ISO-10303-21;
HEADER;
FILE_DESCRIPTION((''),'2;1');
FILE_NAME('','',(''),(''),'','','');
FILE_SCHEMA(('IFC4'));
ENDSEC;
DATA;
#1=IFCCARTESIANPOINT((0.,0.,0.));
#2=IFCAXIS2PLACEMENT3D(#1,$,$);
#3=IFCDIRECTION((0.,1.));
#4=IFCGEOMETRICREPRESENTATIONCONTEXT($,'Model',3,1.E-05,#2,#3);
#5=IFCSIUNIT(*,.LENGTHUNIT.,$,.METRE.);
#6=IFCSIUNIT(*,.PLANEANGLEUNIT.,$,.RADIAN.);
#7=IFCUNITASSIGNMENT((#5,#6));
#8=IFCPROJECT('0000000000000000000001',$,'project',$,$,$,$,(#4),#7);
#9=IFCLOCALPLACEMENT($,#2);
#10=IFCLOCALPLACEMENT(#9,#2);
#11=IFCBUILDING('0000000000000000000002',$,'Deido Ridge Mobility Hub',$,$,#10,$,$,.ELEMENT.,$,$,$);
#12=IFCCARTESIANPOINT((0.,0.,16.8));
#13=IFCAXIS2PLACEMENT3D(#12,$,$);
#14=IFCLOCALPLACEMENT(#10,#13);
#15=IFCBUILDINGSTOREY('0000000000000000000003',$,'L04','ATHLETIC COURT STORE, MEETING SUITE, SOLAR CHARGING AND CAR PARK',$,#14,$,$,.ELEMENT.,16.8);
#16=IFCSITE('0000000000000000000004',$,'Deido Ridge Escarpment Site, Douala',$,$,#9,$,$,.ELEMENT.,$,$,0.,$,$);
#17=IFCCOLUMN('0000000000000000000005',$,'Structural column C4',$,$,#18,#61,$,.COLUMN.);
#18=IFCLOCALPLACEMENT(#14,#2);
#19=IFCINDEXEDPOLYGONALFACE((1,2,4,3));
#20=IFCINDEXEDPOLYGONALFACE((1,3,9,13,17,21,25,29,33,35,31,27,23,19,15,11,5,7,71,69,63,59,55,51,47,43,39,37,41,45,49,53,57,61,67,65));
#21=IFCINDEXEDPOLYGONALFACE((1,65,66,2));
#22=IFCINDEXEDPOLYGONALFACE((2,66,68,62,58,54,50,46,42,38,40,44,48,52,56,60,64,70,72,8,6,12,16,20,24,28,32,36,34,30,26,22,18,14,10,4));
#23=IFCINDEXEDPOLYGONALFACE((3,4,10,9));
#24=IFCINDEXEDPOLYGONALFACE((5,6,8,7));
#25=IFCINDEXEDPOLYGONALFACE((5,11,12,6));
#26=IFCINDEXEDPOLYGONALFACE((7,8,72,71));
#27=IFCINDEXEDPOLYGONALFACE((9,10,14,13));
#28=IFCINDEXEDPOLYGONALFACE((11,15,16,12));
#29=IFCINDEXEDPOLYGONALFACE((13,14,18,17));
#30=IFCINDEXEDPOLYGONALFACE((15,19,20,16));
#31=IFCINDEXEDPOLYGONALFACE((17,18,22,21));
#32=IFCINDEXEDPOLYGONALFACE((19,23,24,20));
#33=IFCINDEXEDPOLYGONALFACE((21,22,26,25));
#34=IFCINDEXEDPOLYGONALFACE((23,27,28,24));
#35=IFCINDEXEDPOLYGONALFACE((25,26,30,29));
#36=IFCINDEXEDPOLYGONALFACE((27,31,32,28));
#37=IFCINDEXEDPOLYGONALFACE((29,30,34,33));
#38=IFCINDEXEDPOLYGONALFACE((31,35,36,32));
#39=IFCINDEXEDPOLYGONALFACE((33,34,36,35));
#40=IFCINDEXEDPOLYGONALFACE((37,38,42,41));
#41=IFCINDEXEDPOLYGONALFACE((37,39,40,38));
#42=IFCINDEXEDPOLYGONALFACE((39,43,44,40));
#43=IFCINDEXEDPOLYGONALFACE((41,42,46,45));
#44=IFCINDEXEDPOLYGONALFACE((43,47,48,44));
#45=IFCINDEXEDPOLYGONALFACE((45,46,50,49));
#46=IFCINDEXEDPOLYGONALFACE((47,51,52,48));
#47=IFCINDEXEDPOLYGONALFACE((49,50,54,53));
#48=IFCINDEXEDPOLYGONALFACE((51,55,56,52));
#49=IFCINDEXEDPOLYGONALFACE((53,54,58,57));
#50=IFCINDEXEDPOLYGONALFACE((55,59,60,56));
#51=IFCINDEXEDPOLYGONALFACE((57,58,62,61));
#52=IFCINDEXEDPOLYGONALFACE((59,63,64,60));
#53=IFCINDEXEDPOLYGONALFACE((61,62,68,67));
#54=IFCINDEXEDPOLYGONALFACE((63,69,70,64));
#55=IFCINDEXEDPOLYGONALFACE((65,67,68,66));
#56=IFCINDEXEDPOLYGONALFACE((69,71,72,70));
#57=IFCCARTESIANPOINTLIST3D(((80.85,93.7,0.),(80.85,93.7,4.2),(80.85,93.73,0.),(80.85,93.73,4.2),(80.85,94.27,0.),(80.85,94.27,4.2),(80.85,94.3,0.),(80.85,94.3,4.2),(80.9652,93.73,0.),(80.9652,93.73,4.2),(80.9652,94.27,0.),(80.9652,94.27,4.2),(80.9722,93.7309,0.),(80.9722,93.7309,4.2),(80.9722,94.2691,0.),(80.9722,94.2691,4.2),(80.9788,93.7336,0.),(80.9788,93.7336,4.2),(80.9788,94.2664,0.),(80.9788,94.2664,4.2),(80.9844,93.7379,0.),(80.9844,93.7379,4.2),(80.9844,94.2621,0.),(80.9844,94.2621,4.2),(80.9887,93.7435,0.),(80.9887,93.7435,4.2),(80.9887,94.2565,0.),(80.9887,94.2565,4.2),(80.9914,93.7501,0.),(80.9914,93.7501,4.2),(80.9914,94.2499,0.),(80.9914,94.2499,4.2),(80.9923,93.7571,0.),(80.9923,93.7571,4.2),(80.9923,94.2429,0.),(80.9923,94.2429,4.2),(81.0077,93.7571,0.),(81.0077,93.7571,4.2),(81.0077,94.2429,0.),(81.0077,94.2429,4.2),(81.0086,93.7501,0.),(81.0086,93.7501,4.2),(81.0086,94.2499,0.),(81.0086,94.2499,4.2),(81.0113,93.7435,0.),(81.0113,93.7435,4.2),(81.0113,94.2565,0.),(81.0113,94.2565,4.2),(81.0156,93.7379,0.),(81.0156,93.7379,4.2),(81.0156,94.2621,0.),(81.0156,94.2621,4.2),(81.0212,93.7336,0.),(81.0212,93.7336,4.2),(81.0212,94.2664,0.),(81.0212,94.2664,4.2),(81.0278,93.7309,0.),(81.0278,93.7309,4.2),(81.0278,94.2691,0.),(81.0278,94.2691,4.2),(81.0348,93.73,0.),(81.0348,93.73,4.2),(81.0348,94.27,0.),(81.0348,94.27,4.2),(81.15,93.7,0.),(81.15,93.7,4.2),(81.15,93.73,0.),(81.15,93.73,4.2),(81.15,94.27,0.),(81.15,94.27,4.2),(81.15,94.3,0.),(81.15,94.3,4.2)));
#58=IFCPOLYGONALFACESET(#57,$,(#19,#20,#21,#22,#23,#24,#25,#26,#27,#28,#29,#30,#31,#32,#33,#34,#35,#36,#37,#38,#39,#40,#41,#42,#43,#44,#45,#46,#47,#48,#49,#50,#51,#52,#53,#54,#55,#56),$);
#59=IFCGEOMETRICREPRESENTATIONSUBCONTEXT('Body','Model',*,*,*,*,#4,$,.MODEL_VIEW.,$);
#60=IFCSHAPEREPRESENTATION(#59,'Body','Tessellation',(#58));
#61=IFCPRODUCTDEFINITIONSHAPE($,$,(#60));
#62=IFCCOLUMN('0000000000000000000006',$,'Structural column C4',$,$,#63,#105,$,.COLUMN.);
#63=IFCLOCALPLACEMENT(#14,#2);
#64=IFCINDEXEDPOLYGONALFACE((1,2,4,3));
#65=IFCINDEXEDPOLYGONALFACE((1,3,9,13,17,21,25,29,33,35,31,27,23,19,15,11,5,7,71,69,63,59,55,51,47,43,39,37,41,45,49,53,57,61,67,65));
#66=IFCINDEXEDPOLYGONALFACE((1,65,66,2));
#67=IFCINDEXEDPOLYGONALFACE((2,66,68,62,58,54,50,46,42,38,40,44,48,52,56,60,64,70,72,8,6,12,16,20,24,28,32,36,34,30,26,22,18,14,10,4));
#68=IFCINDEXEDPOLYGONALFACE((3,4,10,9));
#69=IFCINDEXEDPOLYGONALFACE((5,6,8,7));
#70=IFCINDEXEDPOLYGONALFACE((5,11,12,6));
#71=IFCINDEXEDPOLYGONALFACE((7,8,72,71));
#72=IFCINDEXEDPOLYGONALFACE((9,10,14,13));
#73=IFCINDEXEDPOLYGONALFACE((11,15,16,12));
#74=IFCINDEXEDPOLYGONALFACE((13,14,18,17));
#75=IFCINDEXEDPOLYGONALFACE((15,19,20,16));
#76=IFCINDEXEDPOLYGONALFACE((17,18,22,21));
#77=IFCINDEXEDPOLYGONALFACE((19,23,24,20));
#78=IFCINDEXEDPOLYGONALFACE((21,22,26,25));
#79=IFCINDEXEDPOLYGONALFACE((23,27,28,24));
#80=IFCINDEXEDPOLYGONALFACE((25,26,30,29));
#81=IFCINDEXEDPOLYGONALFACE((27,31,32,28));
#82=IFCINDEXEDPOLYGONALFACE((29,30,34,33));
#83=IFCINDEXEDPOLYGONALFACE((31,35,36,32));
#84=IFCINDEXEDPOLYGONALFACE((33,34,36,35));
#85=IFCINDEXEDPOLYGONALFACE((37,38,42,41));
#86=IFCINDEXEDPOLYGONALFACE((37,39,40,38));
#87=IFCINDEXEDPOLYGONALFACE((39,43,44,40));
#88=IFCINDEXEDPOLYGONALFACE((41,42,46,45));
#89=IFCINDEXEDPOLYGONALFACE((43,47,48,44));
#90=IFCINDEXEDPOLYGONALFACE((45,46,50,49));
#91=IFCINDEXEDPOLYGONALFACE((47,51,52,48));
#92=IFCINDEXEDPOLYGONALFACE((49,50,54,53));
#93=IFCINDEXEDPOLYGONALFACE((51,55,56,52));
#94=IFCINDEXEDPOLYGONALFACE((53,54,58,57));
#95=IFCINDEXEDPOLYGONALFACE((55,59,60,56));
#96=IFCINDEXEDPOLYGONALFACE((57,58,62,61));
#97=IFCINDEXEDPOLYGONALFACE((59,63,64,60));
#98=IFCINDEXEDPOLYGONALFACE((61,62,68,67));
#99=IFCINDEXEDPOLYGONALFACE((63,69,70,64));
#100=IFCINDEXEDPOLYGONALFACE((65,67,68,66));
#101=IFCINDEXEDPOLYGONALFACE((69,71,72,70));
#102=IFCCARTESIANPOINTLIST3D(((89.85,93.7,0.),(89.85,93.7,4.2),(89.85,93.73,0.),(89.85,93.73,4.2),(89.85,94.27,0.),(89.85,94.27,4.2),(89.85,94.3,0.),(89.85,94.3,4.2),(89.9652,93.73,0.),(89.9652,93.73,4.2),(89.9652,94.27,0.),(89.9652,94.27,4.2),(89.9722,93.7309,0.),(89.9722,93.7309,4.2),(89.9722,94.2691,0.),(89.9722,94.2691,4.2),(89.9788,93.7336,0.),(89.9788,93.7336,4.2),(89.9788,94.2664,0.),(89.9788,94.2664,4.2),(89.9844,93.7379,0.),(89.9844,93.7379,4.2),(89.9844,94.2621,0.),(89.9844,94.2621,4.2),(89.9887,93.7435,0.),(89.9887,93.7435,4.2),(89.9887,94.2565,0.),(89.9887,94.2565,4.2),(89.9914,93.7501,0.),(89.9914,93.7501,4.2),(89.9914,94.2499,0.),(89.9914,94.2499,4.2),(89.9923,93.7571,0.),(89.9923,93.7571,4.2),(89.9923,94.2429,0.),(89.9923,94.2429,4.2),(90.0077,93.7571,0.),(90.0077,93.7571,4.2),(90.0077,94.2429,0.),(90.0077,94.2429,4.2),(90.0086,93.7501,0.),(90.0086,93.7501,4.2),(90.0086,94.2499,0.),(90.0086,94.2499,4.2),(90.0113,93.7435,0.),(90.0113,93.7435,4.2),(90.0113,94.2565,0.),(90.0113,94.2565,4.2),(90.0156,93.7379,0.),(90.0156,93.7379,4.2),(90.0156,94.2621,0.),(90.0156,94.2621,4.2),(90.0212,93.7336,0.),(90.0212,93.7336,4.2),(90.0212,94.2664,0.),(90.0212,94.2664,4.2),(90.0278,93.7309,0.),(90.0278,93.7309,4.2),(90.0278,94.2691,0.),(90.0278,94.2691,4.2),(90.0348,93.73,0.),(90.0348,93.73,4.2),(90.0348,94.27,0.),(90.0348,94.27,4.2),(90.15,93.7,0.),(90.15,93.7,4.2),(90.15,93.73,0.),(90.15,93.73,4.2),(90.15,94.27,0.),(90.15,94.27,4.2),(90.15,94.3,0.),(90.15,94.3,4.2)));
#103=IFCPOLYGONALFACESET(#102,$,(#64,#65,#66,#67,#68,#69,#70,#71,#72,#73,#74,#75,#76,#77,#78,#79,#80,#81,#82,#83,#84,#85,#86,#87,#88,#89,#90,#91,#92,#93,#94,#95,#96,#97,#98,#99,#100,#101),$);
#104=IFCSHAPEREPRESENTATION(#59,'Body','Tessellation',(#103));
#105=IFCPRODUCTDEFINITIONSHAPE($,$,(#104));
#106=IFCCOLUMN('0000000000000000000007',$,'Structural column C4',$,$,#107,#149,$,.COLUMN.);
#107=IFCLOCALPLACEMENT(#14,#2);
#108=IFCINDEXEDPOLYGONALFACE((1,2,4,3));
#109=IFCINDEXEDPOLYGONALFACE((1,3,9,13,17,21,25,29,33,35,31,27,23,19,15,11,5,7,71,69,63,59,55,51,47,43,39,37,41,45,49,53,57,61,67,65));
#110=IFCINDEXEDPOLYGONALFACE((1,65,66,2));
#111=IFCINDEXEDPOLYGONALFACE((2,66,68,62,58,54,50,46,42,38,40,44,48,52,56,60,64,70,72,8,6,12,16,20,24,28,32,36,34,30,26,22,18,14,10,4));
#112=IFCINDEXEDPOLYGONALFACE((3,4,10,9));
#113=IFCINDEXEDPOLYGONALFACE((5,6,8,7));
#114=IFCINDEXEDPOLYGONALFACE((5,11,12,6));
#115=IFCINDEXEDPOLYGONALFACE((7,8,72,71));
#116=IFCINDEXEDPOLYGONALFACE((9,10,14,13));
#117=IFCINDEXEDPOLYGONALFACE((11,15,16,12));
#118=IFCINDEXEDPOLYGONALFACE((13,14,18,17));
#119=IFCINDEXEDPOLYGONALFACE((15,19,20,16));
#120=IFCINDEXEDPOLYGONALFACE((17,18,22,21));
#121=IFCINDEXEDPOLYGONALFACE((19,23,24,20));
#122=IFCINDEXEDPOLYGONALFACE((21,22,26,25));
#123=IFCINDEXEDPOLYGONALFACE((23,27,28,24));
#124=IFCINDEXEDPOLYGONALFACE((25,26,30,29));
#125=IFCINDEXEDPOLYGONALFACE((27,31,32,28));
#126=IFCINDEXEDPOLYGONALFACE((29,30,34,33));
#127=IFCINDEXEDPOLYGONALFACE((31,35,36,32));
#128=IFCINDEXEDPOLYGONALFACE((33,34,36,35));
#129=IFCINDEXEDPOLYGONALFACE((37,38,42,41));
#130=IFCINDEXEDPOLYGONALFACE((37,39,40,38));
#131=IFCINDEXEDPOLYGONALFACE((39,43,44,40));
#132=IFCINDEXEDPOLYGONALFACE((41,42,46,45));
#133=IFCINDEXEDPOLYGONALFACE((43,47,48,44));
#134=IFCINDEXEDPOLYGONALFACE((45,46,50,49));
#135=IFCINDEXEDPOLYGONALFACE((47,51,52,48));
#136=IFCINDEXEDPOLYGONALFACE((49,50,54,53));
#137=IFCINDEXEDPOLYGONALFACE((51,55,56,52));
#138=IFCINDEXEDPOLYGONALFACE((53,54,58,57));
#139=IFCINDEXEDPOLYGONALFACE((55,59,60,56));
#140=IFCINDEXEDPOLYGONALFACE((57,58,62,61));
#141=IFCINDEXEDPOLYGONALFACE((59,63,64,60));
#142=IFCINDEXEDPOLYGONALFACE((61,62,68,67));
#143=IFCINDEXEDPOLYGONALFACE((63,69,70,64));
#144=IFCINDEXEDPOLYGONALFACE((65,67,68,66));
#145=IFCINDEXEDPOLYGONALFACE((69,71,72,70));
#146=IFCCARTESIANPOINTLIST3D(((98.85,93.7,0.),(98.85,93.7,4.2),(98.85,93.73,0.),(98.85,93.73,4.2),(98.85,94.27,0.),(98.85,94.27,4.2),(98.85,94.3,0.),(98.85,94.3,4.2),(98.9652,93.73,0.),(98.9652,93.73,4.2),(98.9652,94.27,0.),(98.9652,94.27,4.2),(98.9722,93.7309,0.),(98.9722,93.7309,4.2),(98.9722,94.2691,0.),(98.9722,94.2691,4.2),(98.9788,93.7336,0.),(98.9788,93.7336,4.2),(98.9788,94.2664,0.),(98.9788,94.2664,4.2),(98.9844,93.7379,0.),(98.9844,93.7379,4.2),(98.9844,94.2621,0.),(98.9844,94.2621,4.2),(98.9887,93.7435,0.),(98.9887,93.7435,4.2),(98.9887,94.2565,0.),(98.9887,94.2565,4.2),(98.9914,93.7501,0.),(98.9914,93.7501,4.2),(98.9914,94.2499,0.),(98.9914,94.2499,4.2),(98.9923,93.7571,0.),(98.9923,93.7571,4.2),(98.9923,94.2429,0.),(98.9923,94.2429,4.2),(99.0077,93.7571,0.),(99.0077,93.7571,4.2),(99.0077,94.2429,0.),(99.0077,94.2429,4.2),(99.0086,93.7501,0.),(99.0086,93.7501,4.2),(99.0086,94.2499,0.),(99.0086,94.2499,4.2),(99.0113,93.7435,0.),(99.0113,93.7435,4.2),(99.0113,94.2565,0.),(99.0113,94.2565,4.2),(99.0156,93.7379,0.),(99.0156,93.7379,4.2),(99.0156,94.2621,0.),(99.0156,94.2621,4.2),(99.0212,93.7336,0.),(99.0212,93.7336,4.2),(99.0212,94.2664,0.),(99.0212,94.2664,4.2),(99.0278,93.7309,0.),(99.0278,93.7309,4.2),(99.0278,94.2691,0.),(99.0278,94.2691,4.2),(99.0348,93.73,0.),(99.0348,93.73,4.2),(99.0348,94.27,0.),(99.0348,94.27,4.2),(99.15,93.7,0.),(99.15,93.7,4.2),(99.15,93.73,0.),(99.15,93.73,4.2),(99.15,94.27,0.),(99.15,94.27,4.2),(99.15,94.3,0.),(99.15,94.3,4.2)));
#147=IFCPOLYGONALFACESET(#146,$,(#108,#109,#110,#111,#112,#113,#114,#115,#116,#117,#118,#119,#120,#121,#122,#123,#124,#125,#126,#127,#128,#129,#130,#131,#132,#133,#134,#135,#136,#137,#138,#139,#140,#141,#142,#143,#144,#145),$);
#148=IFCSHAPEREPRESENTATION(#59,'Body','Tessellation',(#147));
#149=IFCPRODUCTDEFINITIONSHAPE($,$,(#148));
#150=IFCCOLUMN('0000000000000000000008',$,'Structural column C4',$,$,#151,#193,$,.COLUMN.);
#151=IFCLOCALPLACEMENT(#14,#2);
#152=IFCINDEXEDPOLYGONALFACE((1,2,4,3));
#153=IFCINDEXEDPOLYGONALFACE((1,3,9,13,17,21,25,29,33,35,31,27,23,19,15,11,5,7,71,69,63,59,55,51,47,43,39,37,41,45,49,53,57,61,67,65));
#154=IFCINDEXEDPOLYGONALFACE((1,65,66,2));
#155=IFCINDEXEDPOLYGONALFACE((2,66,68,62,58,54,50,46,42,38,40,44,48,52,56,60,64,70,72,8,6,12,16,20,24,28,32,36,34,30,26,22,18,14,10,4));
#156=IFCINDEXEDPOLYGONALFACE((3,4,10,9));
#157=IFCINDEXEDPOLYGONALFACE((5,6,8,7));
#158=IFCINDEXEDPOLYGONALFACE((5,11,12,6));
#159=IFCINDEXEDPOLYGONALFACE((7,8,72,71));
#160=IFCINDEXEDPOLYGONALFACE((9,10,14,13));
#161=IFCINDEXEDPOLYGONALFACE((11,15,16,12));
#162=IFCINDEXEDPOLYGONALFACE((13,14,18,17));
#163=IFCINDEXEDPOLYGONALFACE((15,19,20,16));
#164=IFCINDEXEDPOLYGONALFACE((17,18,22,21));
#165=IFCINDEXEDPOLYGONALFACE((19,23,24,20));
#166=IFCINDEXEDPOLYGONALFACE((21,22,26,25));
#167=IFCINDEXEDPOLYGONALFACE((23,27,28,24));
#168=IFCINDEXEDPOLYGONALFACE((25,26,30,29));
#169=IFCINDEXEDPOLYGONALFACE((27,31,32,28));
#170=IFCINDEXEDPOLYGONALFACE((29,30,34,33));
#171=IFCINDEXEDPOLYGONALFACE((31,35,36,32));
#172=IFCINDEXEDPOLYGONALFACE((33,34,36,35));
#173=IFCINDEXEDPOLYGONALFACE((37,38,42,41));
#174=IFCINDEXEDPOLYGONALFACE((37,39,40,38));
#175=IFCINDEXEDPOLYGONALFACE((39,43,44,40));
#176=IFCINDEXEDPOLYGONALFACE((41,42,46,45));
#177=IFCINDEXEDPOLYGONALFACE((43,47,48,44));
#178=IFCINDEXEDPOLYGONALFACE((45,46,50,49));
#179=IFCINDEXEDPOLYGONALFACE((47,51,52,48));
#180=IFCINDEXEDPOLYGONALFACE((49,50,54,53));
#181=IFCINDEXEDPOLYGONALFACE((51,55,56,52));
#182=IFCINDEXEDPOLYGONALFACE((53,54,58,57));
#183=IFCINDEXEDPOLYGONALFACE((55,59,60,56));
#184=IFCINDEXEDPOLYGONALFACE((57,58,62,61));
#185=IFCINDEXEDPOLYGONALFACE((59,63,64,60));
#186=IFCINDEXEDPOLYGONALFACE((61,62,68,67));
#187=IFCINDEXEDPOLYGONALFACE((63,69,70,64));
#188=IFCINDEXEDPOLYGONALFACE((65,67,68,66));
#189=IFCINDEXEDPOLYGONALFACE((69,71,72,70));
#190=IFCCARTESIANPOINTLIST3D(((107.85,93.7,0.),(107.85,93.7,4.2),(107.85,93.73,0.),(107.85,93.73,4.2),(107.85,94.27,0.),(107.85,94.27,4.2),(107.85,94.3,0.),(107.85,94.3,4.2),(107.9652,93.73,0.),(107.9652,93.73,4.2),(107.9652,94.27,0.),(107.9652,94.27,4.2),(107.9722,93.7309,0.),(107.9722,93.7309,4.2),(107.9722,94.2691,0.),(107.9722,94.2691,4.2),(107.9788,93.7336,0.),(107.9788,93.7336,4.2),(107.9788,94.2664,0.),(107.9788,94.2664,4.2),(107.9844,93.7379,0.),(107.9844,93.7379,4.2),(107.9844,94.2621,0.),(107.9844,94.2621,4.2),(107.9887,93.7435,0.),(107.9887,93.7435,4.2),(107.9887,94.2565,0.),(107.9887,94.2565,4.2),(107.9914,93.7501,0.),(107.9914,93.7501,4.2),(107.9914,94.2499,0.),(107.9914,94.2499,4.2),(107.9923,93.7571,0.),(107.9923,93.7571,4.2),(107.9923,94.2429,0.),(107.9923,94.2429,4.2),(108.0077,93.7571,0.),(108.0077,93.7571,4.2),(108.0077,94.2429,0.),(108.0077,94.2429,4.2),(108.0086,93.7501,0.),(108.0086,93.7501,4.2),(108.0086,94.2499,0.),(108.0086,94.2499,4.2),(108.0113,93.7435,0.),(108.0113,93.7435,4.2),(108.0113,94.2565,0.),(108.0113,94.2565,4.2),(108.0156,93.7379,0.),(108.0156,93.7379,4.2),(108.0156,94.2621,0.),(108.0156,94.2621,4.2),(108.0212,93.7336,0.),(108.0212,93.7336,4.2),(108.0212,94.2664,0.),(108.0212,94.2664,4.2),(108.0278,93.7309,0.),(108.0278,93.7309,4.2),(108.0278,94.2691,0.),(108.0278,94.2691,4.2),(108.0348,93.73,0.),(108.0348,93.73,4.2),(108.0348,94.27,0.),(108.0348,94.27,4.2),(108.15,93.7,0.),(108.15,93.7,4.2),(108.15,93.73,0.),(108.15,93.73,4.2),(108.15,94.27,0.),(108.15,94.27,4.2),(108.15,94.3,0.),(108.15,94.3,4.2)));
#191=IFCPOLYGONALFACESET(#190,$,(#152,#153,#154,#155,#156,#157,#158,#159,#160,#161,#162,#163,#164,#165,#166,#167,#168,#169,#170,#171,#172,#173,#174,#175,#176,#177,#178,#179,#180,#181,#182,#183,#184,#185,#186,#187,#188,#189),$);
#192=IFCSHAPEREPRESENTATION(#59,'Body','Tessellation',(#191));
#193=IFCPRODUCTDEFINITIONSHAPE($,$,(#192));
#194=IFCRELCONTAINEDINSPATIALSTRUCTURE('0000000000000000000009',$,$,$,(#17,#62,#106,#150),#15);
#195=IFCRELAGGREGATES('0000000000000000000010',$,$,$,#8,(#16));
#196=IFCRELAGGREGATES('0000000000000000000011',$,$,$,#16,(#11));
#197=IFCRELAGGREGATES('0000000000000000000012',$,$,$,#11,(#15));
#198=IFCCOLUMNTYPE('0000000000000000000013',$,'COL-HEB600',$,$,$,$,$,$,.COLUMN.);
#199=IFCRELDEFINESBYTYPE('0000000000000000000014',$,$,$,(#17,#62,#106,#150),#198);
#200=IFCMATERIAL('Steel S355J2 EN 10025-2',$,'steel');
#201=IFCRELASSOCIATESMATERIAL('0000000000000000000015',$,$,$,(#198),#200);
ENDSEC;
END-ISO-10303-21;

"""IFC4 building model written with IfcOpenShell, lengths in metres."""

from ifc_helpers import new_model, si_unit, direction, frame, origin, origin_2d, place, context, subcontext, project, spatial, i_section, extrude, material, material_profile, profile_set, type_object, element, save


model = new_model("IFC4")

# Units and contexts
model_context = context("Model", 3, precision=1e-05, world=origin(), true_north=direction((0.0, 1.0)))
body_context = subcontext(model_context, "Body", "Model", "MODEL_VIEW")
ifc_project = project(units=[si_unit("LENGTHUNIT", "METRE"), si_unit("PLANEANGLEUNIT", "RADIAN")], contexts=[model_context])

# Site, building, storey
site_placement = place(None, origin())
site = spatial("IfcSite", under=ifc_project, at=site_placement, Name="Deido Ridge Escarpment Site, Douala", CompositionType="ELEMENT", RefElevation=0.0)
building_placement = place(site_placement, origin())
building = spatial("IfcBuilding", under=site, at=building_placement, Name="Deido Ridge Mobility Hub", CompositionType="ELEMENT")
storey_placement = place(building_placement, frame((0.0, 0.0, 16.8)))
storey = spatial("IfcBuildingStorey", under=building, at=storey_placement, Name="L04", Description="ATHLETIC COURT STORE, MEETING SUITE, SOLAR CHARGING AND CAR PARK", CompositionType="ELEMENT", Elevation=16.8)

# Columns
ifc_material_1 = material(Name="Steel S355J2 EN 10025-2", Category="steel")
ifc_material_profile_1 = material_profile(ifc_material_1, i_section(OverallWidth=0.3, OverallDepth=0.6001, WebThickness=0.0154, FlangeThickness=0.03, FilletRadius=0.0271, at=origin_2d()), Name="HEB 600")
ifc_profile_set_1 = profile_set([ifc_material_profile_1], Name="Steel S355J2 EN 10025-2")
column_type = type_object("IfcColumnType", Name="COL-HEB600", PredefinedType="COLUMN", material=ifc_profile_set_1)
for number, where, z_axis, x_axis, name in (
    (1, (81.0, 94.0, 0.0), (0.0, 0.0, 1.0), (1.0, 0.0, 0.0), "Structural column C4"),
    (2, (90.0, 94.0, 0.0), (0.0, 0.0, 1.0), (1.0, 0.0, 0.0), "Structural column C4"),
    (3, (99.0, 94.0, 0.0), (0.0, 0.0, 1.0), (1.0, 0.0, 0.0), "Structural column C4"),
    (4, (108.0, 94.0, 0.0), (0.0, 0.0, 1.0), (1.0, 0.0, 0.0), "Structural column C4"),
):
    element("IfcColumn", number, at=place(storey_placement, frame(where, z_axis=z_axis, x_axis=x_axis)), inside=storey, type_object=column_type, Name=name, PredefinedType="COLUMN", context=body_context, shape_type="SweptSolid", body=[
        extrude(i_section(OverallWidth=0.3, OverallDepth=0.6001, WebThickness=0.0154, FlangeThickness=0.03, FilletRadius=0.0271, at=origin_2d()), origin(), (0.0, 0.0, 1.0), 4.2),
    ])

save(model, "model.ifc")
